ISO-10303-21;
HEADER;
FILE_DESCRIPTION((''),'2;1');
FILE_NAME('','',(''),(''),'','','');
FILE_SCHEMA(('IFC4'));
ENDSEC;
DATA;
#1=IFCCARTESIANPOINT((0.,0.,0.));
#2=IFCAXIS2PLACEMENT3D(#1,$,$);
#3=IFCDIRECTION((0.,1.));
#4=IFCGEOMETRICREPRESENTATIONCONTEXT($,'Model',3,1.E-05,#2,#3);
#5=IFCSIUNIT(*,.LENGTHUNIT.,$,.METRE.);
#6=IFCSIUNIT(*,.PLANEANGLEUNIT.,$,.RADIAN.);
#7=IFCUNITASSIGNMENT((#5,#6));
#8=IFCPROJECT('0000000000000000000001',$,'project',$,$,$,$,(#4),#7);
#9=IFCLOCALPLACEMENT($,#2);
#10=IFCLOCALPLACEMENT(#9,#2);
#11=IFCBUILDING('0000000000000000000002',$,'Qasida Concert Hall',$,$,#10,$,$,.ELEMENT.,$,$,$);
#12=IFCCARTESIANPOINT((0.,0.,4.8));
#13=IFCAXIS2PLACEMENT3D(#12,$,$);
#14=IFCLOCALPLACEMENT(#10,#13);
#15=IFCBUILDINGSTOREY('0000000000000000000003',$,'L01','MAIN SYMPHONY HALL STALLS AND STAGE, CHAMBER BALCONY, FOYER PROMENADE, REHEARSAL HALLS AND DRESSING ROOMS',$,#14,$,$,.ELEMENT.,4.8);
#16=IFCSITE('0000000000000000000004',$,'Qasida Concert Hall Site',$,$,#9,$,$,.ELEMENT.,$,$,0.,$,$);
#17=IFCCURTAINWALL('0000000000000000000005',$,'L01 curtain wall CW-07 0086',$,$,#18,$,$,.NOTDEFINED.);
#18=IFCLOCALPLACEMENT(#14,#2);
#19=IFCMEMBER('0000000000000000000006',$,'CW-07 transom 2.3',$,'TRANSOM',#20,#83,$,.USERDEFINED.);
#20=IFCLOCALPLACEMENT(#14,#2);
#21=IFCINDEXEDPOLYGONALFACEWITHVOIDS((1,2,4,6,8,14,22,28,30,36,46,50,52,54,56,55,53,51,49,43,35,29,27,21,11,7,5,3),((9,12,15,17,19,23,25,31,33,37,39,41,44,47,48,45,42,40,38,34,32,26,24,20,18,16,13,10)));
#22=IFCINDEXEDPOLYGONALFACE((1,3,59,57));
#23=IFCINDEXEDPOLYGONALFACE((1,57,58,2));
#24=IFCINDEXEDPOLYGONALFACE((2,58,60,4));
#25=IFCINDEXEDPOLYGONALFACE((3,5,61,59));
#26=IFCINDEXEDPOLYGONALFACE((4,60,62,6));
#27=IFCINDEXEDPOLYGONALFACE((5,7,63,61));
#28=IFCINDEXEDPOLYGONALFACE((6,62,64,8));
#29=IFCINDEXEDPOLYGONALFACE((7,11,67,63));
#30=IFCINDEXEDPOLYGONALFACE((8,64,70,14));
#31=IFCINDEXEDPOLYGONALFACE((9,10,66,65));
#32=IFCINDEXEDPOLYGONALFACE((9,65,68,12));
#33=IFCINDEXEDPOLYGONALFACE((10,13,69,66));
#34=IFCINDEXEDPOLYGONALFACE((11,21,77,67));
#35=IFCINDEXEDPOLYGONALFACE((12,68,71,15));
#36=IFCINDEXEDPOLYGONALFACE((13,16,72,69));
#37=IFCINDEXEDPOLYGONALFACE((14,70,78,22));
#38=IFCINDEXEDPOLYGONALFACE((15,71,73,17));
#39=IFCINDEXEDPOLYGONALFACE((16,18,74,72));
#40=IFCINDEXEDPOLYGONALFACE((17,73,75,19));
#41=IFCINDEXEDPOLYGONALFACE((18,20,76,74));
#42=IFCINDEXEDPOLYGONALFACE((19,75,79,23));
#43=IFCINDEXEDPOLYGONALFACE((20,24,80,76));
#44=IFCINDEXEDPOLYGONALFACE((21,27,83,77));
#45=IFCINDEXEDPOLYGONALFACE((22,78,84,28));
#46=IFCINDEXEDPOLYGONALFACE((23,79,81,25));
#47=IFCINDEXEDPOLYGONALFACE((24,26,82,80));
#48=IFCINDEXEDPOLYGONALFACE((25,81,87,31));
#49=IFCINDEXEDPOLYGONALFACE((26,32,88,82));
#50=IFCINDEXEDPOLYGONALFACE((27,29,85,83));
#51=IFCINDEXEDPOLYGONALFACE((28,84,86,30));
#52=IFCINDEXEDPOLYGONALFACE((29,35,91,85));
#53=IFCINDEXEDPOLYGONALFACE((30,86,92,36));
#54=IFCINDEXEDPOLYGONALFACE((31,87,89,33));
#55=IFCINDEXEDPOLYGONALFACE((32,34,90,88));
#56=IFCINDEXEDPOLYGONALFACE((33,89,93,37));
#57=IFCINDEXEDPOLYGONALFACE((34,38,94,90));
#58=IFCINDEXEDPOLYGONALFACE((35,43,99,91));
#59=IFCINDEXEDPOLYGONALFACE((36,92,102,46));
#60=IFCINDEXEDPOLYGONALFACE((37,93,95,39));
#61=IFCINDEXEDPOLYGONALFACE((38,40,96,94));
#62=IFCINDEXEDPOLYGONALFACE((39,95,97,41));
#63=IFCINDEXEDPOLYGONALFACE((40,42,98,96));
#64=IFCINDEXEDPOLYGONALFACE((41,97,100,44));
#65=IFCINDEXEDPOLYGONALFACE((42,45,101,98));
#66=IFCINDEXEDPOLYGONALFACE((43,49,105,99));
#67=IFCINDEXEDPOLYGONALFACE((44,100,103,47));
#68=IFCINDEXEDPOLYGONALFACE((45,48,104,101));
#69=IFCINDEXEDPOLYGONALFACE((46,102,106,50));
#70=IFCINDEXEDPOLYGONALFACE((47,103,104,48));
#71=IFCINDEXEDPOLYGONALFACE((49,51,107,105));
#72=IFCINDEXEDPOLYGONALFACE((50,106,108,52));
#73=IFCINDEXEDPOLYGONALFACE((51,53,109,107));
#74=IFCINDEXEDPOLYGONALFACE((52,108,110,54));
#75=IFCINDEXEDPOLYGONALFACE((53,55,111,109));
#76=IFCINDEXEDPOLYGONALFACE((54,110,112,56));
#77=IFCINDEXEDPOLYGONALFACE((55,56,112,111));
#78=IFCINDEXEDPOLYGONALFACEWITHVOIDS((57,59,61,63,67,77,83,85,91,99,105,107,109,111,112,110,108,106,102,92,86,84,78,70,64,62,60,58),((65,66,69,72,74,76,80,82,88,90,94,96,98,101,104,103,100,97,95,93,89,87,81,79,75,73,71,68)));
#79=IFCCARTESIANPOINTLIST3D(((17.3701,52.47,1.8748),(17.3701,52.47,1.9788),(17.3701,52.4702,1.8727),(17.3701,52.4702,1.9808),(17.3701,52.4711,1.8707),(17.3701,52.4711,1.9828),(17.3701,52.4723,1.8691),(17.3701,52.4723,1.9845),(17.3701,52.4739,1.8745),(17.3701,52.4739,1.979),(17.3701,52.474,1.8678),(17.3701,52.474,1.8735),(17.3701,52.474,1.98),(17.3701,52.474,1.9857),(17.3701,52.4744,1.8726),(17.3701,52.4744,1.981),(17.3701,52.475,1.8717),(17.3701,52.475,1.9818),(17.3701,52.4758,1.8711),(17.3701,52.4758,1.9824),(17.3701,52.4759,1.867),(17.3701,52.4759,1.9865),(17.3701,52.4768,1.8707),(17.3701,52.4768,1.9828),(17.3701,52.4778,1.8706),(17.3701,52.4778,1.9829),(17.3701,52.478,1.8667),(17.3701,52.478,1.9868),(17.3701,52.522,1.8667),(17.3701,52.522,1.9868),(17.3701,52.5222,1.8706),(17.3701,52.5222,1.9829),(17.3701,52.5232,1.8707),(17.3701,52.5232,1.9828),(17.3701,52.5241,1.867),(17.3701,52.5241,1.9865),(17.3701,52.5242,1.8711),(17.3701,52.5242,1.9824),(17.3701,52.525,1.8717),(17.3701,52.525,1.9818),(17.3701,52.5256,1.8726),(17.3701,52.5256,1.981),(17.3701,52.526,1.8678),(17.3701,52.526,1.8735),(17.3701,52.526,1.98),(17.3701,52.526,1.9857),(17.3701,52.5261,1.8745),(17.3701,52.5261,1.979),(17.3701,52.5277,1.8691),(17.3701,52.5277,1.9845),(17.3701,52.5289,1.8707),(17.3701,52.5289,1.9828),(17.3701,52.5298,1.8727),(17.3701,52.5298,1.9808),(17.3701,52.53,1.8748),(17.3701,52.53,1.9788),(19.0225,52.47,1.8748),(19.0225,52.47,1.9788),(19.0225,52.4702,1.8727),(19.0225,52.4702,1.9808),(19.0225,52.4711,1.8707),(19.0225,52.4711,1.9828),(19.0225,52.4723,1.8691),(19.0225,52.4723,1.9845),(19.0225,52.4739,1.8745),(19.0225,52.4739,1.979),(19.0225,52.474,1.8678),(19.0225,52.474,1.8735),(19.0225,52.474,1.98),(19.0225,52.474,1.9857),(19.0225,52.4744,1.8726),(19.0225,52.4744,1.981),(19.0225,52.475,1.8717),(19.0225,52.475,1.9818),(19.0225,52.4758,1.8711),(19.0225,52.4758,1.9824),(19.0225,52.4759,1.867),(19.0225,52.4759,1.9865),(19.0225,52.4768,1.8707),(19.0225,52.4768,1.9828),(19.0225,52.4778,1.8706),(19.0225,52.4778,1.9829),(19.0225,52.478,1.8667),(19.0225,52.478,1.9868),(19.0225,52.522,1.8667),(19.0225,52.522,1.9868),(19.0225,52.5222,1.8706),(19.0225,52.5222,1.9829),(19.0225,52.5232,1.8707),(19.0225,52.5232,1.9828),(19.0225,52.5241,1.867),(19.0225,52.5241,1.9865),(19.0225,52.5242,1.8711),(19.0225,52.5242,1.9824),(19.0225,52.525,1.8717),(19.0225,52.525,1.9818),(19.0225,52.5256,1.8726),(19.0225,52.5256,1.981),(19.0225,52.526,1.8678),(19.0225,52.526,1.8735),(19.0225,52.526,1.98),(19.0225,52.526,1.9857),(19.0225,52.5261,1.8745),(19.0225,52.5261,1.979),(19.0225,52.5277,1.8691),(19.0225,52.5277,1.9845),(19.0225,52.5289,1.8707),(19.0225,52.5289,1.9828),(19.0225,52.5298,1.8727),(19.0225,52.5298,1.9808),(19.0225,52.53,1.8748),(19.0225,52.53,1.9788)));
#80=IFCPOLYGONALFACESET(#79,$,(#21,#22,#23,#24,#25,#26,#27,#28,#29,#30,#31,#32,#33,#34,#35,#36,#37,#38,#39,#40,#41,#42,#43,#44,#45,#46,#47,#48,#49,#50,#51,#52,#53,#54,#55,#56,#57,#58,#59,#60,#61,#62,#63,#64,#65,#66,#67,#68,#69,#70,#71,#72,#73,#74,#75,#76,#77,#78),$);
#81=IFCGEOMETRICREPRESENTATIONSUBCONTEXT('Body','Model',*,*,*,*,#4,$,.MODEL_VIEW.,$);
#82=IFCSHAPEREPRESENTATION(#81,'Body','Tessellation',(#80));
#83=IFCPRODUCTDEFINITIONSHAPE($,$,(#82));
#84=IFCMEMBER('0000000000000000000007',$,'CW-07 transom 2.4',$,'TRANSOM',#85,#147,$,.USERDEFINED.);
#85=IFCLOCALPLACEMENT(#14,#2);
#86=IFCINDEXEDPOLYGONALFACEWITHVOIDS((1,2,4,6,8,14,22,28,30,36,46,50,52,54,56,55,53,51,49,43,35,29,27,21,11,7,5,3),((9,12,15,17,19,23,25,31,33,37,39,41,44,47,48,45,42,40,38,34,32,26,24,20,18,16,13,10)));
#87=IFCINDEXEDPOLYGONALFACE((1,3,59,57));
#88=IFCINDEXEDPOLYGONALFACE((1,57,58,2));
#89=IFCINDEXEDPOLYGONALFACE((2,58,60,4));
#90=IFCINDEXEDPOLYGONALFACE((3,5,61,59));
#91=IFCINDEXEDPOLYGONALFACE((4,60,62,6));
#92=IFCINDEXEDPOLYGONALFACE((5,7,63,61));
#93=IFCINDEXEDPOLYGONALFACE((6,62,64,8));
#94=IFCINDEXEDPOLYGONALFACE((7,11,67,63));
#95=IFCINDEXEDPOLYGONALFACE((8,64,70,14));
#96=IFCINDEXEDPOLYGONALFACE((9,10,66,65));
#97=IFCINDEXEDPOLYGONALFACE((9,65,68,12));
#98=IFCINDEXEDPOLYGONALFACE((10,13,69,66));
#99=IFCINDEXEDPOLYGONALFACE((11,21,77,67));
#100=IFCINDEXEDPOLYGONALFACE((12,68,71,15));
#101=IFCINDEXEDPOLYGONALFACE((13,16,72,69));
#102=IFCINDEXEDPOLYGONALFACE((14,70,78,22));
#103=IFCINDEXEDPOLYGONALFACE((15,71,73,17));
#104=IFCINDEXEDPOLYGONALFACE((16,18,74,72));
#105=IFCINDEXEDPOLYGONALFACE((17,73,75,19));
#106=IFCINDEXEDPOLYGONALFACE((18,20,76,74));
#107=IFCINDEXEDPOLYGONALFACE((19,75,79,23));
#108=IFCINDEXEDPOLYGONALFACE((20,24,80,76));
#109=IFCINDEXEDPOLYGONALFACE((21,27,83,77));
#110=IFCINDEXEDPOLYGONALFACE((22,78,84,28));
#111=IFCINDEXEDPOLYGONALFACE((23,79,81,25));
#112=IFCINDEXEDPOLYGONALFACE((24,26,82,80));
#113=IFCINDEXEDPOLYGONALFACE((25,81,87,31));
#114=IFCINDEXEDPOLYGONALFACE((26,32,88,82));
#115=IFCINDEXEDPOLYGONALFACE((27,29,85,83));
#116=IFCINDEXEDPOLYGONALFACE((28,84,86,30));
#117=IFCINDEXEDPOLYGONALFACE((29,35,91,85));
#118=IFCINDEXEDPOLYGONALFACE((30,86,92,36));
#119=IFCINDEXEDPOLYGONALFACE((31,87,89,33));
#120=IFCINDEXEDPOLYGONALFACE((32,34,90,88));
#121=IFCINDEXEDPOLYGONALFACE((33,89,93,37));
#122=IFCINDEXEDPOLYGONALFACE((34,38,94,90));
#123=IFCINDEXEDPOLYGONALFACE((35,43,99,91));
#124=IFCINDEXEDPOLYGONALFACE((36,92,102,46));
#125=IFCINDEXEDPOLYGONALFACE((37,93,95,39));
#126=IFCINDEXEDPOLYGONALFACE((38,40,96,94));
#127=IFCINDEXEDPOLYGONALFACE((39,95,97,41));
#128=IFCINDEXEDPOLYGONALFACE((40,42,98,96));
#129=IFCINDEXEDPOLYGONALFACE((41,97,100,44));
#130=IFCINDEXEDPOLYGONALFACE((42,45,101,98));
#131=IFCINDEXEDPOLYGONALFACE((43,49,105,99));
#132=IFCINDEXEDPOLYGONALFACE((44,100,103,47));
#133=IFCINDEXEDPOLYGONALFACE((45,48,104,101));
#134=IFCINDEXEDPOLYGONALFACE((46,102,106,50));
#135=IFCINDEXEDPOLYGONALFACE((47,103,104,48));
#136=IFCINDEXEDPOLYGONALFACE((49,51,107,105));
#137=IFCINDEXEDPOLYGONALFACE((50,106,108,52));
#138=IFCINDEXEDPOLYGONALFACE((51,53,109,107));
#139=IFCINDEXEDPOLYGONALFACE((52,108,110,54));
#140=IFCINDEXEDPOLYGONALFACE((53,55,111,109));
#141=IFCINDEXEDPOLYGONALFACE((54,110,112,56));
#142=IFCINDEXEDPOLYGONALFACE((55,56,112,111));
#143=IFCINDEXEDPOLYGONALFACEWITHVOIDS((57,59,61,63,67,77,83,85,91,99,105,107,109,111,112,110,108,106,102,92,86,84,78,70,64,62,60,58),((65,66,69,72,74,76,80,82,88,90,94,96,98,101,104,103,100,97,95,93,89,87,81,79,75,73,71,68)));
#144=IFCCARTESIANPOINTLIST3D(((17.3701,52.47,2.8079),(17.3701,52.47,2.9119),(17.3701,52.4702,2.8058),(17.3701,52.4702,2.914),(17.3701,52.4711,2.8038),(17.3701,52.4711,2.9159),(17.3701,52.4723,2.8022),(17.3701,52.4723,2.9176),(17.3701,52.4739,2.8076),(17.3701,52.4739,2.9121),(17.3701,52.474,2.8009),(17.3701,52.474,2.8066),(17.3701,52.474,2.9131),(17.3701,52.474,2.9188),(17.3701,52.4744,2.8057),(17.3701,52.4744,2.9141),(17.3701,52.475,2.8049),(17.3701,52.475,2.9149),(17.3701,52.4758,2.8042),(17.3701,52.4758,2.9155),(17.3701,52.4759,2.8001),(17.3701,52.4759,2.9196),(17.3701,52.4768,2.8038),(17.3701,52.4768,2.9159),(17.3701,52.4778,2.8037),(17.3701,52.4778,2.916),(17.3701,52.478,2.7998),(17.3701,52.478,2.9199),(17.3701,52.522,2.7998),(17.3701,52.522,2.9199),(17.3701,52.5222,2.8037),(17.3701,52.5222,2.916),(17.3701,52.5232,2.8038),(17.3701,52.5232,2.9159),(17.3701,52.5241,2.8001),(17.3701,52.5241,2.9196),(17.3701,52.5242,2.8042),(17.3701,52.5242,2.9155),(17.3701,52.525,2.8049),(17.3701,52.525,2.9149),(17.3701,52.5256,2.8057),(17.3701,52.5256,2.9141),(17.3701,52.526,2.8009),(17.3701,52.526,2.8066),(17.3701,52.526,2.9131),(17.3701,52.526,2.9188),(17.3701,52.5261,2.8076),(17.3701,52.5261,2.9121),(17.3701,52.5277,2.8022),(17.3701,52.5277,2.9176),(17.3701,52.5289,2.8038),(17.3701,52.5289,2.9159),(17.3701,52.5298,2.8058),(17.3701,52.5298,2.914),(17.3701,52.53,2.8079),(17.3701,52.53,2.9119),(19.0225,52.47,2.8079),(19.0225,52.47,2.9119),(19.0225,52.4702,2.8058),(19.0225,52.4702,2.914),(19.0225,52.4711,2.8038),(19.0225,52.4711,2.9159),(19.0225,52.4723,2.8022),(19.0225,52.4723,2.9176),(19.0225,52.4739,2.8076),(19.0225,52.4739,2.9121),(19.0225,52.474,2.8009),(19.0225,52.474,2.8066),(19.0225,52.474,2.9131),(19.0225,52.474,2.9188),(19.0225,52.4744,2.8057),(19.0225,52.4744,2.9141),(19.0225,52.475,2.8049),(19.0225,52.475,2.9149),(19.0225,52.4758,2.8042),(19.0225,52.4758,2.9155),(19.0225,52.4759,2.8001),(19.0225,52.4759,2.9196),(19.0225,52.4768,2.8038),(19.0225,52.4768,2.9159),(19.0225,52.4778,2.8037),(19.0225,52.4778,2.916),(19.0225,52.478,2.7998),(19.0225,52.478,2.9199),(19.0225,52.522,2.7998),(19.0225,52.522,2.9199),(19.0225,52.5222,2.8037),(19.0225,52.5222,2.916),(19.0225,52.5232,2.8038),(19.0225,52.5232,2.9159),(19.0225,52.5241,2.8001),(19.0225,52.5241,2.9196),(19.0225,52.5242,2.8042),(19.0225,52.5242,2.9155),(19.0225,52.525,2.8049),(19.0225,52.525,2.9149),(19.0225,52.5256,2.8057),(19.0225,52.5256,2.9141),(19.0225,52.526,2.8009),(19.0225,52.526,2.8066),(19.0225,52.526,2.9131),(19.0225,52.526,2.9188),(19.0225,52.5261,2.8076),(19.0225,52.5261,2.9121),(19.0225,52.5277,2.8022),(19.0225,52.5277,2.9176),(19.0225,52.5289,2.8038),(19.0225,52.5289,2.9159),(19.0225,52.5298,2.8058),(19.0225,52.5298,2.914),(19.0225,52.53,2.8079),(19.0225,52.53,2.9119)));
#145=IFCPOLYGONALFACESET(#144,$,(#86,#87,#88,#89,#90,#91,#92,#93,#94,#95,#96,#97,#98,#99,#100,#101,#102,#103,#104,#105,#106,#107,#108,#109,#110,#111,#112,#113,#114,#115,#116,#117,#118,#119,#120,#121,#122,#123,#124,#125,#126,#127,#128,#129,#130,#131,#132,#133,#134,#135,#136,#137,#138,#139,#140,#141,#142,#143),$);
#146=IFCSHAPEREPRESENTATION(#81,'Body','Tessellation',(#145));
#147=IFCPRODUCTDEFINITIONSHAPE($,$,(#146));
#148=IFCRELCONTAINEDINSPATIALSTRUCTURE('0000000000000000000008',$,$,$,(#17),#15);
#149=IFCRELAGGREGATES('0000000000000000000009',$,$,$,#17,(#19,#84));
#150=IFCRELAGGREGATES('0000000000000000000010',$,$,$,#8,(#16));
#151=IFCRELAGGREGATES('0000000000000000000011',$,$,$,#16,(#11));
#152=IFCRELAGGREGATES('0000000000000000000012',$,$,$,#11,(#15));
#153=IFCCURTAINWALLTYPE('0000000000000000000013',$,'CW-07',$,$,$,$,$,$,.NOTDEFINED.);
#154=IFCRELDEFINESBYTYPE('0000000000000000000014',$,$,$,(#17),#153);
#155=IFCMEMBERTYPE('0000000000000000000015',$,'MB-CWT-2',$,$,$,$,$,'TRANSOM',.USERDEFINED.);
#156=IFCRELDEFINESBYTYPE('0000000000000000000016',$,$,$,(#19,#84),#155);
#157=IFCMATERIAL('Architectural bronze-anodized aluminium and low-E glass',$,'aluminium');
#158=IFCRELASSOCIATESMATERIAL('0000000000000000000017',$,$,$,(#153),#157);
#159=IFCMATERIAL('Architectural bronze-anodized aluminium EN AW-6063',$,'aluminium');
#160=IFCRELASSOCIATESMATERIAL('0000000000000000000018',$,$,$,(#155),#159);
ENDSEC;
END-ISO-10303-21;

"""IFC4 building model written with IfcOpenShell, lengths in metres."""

from ifc_helpers import new_model, si_unit, direction, frame, origin, origin_2d, place, context, subcontext, project, spatial, hollow_rectangle, extrude, material, material_profile, profile_set, type_object, element, aggregate, save


model = new_model("IFC4")

# Units and contexts
model_context = context("Model", 3, precision=1e-05, world=origin(), true_north=direction((0.0, 1.0)))
body_context = subcontext(model_context, "Body", "Model", "MODEL_VIEW")
ifc_project = project(units=[si_unit("LENGTHUNIT", "METRE"), si_unit("PLANEANGLEUNIT", "RADIAN")], contexts=[model_context])

# Site, building, storey
site_placement = place(None, origin())
site = spatial("IfcSite", under=ifc_project, at=site_placement, Name="Qasida Concert Hall Site", CompositionType="ELEMENT", RefElevation=0.0)
building_placement = place(site_placement, origin())
building = spatial("IfcBuilding", under=site, at=building_placement, Name="Qasida Concert Hall", CompositionType="ELEMENT")
storey_placement = place(building_placement, frame((0.0, 0.0, 4.8)))
storey = spatial("IfcBuildingStorey", under=building, at=storey_placement, Name="L01", Description="MAIN SYMPHONY HALL STALLS AND STAGE, CHAMBER BALCONY, FOYER PROMENADE, REHEARSAL HALLS AND DRESSING ROOMS", CompositionType="ELEMENT", Elevation=4.8)

# Curtain wall
ifc_material_1 = material(Name="Architectural bronze-anodized aluminium and low-E glass", Category="aluminium")
curtain_wall_type = type_object("IfcCurtainWallType", Name="CW-07", PredefinedType="NOTDEFINED", material=ifc_material_1)
curtain_wall_1_placement = place(storey_placement, origin())
curtain_wall_1 = element("IfcCurtainWall", 1, at=curtain_wall_1_placement, inside=storey, type_object=curtain_wall_type, Name="L01 curtain wall CW-07 0086", PredefinedType="NOTDEFINED")
ifc_material_2 = material(Name="Architectural bronze-anodized aluminium EN AW-6063", Category="aluminium")

# Members
ifc_material_profile_1 = material_profile(ifc_material_2, hollow_rectangle(XDim=0.0601, YDim=0.1201, WallThickness=0.0039, InnerFilletRadius=0.0039, OuterFilletRadius=0.0081, at=origin_2d()), Name="CWT 120x60x4")
ifc_profile_set_1 = profile_set([ifc_material_profile_1], Name="Architectural bronze-anodized aluminium EN AW-6063")
member_type_1 = type_object("IfcMemberType", Name="MB-CWT-2", ElementType="TRANSOM", PredefinedType="USERDEFINED", material=ifc_profile_set_1)
member_1_placement = place(storey_placement, frame((17.3701, 52.5, 1.9268), z_axis=(1.0, 0.0, 0.0), x_axis=(0.0, 1.0, 0.0)))
member_1 = element("IfcMember", 2, at=member_1_placement, type_object=member_type_1, Name="CW-07 transom 2.3", ObjectType="TRANSOM", PredefinedType="USERDEFINED", context=body_context, shape_type="SweptSolid", body=[
    extrude(hollow_rectangle(XDim=0.0601, YDim=0.1201, WallThickness=0.0039, InnerFilletRadius=0.0039, OuterFilletRadius=0.0081, at=origin_2d()), origin(), (0.0, 0.0, 1.0), 1.6523),
])
member_2_placement = place(storey_placement, frame((17.3701, 52.5, 2.8599), z_axis=(1.0, 0.0, 0.0), x_axis=(0.0, 1.0, 0.0)))
member_2 = element("IfcMember", 3, at=member_2_placement, type_object=member_type_1, Name="CW-07 transom 2.4", ObjectType="TRANSOM", PredefinedType="USERDEFINED", context=body_context, shape_type="SweptSolid", body=[
    extrude(hollow_rectangle(XDim=0.0601, YDim=0.1201, WallThickness=0.0039, InnerFilletRadius=0.0039, OuterFilletRadius=0.0081, at=origin_2d()), origin(), (0.0, 0.0, 1.0), 1.6523),
])

aggregate(curtain_wall_1, [member_1, member_2])

save(model, "model.ifc")
